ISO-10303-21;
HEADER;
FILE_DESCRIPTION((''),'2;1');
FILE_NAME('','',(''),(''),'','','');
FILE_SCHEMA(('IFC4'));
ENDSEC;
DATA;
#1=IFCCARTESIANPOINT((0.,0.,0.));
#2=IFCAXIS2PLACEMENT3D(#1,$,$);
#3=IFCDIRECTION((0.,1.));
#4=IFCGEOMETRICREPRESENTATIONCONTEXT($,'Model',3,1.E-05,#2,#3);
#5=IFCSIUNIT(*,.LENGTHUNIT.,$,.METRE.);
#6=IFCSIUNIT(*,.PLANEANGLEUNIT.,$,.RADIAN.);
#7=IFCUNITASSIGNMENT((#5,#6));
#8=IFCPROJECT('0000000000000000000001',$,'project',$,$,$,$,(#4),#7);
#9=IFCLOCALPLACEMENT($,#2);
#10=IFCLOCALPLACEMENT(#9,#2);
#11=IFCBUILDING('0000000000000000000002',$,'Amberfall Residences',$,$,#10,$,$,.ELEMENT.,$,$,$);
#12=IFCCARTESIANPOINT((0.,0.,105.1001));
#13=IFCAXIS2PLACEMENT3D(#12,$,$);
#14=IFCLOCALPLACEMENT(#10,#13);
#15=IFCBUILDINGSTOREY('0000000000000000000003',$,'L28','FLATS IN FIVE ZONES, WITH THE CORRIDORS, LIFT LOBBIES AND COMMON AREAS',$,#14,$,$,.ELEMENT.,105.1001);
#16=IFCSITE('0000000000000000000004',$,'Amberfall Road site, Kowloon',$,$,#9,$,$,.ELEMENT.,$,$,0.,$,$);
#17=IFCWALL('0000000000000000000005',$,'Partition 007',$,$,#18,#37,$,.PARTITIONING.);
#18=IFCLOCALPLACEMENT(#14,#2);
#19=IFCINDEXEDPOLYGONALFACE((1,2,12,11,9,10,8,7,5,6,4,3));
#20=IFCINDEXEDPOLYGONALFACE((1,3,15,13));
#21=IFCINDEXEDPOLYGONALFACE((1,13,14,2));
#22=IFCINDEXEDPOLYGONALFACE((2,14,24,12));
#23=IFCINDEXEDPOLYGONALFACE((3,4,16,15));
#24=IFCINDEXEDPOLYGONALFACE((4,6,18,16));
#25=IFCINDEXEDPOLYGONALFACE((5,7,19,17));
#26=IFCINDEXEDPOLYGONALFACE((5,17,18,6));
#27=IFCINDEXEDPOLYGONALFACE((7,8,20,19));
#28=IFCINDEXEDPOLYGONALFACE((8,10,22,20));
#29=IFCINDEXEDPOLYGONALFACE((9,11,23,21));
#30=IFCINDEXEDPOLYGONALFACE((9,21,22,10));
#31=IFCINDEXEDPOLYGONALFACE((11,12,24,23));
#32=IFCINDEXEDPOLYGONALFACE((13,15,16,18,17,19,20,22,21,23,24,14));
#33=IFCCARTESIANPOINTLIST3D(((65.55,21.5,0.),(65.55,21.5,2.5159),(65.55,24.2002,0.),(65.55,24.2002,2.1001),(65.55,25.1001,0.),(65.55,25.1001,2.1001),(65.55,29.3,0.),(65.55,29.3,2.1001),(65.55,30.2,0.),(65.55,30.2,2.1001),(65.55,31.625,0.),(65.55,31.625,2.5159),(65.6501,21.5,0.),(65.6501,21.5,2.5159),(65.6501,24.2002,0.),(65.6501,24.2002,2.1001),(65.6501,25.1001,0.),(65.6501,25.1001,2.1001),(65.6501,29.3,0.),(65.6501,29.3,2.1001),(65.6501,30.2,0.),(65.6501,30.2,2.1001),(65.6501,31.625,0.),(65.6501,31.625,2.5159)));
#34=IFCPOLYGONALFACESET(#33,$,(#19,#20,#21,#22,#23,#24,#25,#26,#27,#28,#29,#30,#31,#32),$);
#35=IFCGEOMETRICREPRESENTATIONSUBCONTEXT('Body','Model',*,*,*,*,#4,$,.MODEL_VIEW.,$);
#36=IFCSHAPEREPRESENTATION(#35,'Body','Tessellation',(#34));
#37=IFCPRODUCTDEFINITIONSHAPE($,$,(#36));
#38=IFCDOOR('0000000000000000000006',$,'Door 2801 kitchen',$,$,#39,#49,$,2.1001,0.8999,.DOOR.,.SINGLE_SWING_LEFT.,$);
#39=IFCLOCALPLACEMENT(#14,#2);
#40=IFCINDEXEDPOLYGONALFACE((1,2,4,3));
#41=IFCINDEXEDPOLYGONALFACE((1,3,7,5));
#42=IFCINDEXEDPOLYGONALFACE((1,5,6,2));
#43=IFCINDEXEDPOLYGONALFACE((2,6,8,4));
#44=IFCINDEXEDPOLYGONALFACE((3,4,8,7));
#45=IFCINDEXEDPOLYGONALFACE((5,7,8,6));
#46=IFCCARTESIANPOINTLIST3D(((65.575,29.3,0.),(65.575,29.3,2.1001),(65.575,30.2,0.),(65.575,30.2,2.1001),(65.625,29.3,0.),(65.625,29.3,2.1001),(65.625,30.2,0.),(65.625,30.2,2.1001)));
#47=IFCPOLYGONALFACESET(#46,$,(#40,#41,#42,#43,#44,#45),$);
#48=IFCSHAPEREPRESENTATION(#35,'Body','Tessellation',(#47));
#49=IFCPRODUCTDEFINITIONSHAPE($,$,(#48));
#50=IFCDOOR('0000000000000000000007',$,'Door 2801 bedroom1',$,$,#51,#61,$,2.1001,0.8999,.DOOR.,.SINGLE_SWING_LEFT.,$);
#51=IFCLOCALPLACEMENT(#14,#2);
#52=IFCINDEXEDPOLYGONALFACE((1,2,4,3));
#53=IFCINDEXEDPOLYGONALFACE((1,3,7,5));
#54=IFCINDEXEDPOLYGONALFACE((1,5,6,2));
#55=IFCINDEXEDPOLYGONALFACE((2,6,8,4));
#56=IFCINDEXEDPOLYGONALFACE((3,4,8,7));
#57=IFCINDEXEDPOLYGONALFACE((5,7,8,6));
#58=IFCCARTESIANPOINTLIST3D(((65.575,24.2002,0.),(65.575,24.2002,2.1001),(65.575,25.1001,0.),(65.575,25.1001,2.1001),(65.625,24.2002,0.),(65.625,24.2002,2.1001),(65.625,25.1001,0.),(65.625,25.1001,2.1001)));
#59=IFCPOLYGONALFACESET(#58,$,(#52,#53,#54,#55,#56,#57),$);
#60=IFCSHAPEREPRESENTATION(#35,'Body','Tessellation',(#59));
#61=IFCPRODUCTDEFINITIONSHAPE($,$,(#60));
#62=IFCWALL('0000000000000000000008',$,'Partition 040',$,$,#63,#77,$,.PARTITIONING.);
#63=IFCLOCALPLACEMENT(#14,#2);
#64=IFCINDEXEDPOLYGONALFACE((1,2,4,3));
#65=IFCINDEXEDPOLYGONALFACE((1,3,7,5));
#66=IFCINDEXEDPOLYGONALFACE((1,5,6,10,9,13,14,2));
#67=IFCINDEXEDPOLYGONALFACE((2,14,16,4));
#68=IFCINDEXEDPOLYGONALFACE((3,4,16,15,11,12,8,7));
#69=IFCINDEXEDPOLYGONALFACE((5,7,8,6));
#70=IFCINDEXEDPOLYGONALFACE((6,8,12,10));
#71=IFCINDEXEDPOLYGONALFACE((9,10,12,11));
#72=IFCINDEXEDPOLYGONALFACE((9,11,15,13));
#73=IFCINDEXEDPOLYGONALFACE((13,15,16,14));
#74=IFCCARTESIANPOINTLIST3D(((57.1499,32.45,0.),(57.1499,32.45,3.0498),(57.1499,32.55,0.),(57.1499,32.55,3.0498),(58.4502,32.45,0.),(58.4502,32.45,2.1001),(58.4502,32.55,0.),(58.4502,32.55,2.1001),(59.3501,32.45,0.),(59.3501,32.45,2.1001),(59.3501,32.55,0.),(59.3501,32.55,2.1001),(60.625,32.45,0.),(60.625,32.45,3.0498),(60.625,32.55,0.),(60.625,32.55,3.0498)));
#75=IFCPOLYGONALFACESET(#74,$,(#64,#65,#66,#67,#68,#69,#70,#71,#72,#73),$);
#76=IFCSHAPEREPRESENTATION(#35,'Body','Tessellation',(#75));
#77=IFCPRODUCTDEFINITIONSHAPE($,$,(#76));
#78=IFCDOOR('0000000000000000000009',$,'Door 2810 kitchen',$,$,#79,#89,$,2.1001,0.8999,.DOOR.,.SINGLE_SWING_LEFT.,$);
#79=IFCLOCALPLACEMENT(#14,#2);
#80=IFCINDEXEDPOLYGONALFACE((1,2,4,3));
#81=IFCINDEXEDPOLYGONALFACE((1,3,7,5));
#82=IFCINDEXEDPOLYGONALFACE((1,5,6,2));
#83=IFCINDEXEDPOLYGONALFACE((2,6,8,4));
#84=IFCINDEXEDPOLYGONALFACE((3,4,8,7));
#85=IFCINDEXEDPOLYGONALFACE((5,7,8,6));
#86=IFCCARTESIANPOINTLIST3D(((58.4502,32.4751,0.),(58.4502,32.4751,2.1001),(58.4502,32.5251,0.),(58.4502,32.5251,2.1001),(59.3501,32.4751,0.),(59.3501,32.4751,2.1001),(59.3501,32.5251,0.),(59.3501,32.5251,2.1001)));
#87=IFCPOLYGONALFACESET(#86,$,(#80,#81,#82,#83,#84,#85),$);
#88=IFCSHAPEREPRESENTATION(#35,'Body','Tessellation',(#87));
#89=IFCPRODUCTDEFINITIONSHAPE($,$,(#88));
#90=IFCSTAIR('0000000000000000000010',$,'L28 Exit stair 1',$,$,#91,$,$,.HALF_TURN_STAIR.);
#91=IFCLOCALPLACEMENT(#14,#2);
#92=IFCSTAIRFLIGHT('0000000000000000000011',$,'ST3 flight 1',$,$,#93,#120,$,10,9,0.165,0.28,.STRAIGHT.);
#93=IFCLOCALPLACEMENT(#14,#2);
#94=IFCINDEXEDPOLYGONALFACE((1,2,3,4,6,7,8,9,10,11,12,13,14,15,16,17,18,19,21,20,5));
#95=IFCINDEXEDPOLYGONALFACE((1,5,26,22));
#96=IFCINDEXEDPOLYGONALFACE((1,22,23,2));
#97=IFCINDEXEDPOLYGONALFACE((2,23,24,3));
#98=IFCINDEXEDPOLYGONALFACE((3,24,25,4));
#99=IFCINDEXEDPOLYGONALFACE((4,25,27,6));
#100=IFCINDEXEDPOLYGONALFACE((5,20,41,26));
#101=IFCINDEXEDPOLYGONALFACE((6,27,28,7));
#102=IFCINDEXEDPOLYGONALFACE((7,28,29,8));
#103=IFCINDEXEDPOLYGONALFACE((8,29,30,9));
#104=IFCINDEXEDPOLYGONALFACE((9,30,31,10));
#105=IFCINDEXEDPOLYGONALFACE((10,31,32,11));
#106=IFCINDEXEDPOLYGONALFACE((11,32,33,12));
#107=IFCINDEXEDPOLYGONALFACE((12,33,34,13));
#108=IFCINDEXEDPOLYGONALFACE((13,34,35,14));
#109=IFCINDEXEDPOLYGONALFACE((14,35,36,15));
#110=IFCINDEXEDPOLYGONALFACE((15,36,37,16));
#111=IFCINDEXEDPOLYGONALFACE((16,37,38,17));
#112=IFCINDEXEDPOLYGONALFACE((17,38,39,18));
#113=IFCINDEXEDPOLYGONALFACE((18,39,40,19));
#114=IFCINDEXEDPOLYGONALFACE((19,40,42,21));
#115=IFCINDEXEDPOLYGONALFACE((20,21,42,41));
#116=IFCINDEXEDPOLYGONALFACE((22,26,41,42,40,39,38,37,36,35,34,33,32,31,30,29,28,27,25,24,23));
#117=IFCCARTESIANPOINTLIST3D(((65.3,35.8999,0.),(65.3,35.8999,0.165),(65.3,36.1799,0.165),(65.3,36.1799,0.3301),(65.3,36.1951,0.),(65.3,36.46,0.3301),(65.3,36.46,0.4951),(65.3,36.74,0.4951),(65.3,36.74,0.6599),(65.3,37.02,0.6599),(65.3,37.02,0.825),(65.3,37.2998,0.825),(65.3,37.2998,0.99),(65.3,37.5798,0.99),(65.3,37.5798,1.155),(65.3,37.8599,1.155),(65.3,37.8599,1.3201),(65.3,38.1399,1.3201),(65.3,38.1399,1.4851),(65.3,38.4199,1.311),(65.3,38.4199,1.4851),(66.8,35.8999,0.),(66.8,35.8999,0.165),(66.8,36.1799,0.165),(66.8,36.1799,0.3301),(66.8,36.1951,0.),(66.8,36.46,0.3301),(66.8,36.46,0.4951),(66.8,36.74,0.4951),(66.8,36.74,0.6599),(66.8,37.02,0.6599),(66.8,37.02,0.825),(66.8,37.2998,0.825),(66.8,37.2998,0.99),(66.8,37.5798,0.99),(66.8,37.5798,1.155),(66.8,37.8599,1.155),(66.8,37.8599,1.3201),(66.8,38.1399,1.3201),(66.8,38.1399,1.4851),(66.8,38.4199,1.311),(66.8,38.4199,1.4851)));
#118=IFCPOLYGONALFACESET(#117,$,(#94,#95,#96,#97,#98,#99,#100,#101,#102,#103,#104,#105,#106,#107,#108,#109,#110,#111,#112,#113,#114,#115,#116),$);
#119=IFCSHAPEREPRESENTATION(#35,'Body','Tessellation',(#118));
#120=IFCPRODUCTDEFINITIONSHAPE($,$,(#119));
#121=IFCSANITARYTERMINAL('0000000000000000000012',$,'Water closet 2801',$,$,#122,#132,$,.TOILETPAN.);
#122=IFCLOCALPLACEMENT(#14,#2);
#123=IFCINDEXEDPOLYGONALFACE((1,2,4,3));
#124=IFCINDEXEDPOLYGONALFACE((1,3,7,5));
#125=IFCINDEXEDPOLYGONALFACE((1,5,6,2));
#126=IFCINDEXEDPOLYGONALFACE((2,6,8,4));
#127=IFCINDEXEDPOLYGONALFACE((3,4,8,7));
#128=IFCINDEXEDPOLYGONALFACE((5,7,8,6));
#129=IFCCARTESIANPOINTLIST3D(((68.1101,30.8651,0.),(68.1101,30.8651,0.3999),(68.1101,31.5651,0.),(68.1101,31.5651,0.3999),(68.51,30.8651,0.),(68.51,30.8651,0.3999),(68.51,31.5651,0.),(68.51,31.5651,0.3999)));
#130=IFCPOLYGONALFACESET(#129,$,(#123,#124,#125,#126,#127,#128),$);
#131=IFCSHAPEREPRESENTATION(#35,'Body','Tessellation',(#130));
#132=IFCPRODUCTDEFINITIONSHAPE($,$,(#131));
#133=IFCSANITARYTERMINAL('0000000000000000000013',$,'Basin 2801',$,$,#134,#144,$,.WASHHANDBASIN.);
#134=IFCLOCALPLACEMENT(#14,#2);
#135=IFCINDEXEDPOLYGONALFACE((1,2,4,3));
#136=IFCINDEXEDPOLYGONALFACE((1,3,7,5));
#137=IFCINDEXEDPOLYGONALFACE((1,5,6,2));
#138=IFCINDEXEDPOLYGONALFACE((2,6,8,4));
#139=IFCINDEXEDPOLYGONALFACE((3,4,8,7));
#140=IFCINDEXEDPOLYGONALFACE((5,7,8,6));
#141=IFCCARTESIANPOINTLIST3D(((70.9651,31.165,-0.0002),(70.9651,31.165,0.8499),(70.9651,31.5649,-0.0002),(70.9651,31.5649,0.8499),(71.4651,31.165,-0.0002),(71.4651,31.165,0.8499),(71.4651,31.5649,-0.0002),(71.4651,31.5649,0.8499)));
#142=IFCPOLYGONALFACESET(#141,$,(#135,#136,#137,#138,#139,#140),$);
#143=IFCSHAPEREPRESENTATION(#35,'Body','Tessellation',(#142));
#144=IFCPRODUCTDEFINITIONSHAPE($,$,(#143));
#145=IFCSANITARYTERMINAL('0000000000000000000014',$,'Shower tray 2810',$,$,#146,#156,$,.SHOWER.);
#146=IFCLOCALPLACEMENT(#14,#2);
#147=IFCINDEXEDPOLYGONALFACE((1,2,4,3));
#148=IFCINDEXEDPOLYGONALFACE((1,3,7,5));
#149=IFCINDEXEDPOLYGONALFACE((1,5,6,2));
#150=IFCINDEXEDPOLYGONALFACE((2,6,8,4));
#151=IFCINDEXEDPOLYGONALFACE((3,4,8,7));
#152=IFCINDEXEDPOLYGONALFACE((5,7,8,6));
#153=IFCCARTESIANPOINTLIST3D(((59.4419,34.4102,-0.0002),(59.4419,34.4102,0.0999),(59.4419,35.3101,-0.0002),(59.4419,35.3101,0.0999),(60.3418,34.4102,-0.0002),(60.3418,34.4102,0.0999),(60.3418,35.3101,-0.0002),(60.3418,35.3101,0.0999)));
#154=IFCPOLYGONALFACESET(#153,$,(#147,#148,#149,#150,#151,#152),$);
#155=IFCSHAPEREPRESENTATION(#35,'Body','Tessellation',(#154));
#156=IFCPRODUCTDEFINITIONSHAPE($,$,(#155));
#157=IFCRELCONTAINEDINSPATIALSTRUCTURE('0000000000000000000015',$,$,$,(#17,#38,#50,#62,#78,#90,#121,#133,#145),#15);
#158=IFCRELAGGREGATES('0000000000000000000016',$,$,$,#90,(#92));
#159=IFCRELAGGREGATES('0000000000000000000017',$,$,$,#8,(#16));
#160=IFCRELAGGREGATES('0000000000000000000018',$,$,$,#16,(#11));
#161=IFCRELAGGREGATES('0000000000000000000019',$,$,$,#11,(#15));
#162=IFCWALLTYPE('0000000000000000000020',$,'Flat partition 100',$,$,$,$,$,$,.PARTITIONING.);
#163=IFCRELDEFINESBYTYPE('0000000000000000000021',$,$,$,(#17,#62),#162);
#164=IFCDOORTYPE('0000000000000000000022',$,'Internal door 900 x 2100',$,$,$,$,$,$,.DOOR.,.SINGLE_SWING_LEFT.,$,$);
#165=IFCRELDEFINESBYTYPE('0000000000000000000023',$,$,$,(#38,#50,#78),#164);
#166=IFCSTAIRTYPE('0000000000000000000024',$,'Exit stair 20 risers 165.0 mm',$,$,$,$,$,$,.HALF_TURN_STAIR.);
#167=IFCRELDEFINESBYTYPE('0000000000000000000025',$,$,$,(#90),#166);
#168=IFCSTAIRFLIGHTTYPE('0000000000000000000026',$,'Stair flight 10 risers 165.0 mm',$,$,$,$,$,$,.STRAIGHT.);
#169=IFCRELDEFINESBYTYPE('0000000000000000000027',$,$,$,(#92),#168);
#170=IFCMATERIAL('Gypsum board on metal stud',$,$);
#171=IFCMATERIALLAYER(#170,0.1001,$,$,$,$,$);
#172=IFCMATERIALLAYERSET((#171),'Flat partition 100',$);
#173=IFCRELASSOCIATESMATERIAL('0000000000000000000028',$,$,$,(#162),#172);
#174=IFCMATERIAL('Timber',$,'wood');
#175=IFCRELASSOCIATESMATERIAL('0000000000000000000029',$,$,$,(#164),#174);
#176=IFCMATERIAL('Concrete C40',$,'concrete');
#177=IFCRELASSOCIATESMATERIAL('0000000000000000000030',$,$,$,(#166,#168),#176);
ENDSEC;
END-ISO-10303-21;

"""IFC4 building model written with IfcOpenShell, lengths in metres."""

from ifc_helpers import new_model, si_unit, direction, frame, frame_2d, origin, origin_2d, place, context, subcontext, project, spatial, polyline, rectangle, outline, extrude, material, layer, layer_set, type_object, element, fill, aggregate, save


model = new_model("IFC4")

# Units and contexts
model_context = context("Model", 3, precision=1e-05, world=origin(), true_north=direction((0.0, 1.0)))
body_context = subcontext(model_context, "Body", "Model", "MODEL_VIEW")
ifc_project = project(units=[si_unit("LENGTHUNIT", "METRE"), si_unit("PLANEANGLEUNIT", "RADIAN")], contexts=[model_context])

# Site, building, storey
site_placement = place(None, origin())
site = spatial("IfcSite", under=ifc_project, at=site_placement, Name="Amberfall Road site, Kowloon", CompositionType="ELEMENT", RefElevation=0.0)
building_placement = place(site_placement, origin())
building = spatial("IfcBuilding", under=site, at=building_placement, Name="Amberfall Residences", CompositionType="ELEMENT")
storey_placement = place(building_placement, frame((0.0, 0.0, 105.1001)))
storey = spatial("IfcBuildingStorey", under=building, at=storey_placement, Name="L28", Description="FLATS IN FIVE ZONES, WITH THE CORRIDORS, LIFT LOBBIES AND COMMON AREAS", CompositionType="ELEMENT", Elevation=105.1001)

# Wall, openings, doors
ifc_material_1 = material(Name="Gypsum board on metal stud")
ifc_layer_1 = layer(ifc_material_1, 0.1001)
ifc_layer_set_1 = layer_set([ifc_layer_1], Name="Flat partition 100")
wall_type_1 = type_object("IfcWallType", Name="Flat partition 100", PredefinedType="PARTITIONING", material=ifc_layer_set_1)
wall_1_placement = place(storey_placement, frame((65.6001, 31.625, 0.0), z_axis=(0.0, 0.0, 1.0), x_axis=(0.0, -1.0, 0.0)))
wall_1 = element("IfcWall", 1, at=wall_1_placement, inside=storey, type_object=wall_type_1, Name="Partition 007", PredefinedType="PARTITIONING", context=body_context, shape_type="SweptSolid", body=[
    extrude(rectangle(XDim=10.125, YDim=0.1001, at=frame_2d((5.0625, 0.0))), origin(), (0.0, 0.0, 1.0), 2.5159),
])
opening_1_placement = place(wall_1_placement, frame((1.425, 0.0, 0.0)))
opening_1 = element("IfcOpeningElement", 2, at=opening_1_placement, cuts=wall_1, PredefinedType="OPENING", context=body_context, shape_type="SweptSolid", body=[
    extrude(rectangle(XDim=0.8999, YDim=2.1001, at=frame_2d((0.45, 1.05))), frame((0.0, 0.0601, 0.0), z_axis=(0.0, -1.0, 0.0), x_axis=(1.0, 0.0, 0.0)), (0.0, 0.0, 1.0), 0.1201),
])
opening_2_placement = place(wall_1_placement, frame((6.5249, 0.0, 0.0)))
opening_2 = element("IfcOpeningElement", 3, at=opening_2_placement, cuts=wall_1, PredefinedType="OPENING", context=body_context, shape_type="SweptSolid", body=[
    extrude(rectangle(XDim=0.8999, YDim=2.1001, at=frame_2d((0.45, 1.05))), frame((0.0, 0.0601, 0.0), z_axis=(0.0, -1.0, 0.0), x_axis=(1.0, 0.0, 0.0)), (0.0, 0.0, 1.0), 0.1201),
])
ifc_material_2 = material(Name="Timber", Category="wood")
door_type_1 = type_object("IfcDoorType", Name="Internal door 900 x 2100", OperationType="SINGLE_SWING_LEFT", PredefinedType="DOOR", material=ifc_material_2)
door_1_placement = place(opening_1_placement, origin())
door_1 = element("IfcDoor", 4, at=door_1_placement, inside=storey, type_object=door_type_1, Name="Door 2801 kitchen", OperationType="SINGLE_SWING_LEFT", OverallHeight=2.1001, OverallWidth=0.8999, PredefinedType="DOOR", context=body_context, shape_type="SweptSolid", body=[
    extrude(rectangle(XDim=0.8999, YDim=2.1001, at=frame_2d((0.45, 1.05))), frame((0.0, 0.0249, 0.0), z_axis=(0.0, -1.0, 0.0), x_axis=(1.0, 0.0, 0.0)), (0.0, 0.0, 1.0), 0.05),
])
fill(opening_1, door_1)
door_2_placement = place(opening_2_placement, origin())
door_2 = element("IfcDoor", 5, at=door_2_placement, inside=storey, type_object=door_type_1, Name="Door 2801 bedroom1", OperationType="SINGLE_SWING_LEFT", OverallHeight=2.1001, OverallWidth=0.8999, PredefinedType="DOOR", context=body_context, shape_type="SweptSolid", body=[
    extrude(rectangle(XDim=0.8999, YDim=2.1001, at=frame_2d((0.45, 1.05))), frame((0.0, 0.0249, 0.0), z_axis=(0.0, -1.0, 0.0), x_axis=(1.0, 0.0, 0.0)), (0.0, 0.0, 1.0), 0.05),
])
fill(opening_2, door_2)

# Wall, opening, door
wall_2_placement = place(storey_placement, frame((60.625, 32.5, 0.0), z_axis=(0.0, 0.0, 1.0), x_axis=(-1.0, 0.0, 0.0)))
wall_2 = element("IfcWall", 6, at=wall_2_placement, inside=storey, type_object=wall_type_1, Name="Partition 040", PredefinedType="PARTITIONING", context=body_context, shape_type="SweptSolid", body=[
    extrude(rectangle(XDim=3.4751, YDim=0.1001, at=frame_2d((1.7375, 0.0))), origin(), (0.0, 0.0, 1.0), 3.0498),
])
opening_3_placement = place(wall_2_placement, frame((1.2749, 0.0, 0.0)))
opening_3 = element("IfcOpeningElement", 7, at=opening_3_placement, cuts=wall_2, PredefinedType="OPENING", context=body_context, shape_type="SweptSolid", body=[
    extrude(rectangle(XDim=0.8999, YDim=2.1001, at=frame_2d((0.45, 1.05))), frame((0.0, 0.0601, 0.0), z_axis=(0.0, -1.0, 0.0), x_axis=(1.0, 0.0, 0.0)), (0.0, 0.0, 1.0), 0.1201),
])
door_3_placement = place(opening_3_placement, origin())
door_3 = element("IfcDoor", 8, at=door_3_placement, inside=storey, type_object=door_type_1, Name="Door 2810 kitchen", OperationType="SINGLE_SWING_LEFT", OverallHeight=2.1001, OverallWidth=0.8999, PredefinedType="DOOR", context=body_context, shape_type="SweptSolid", body=[
    extrude(rectangle(XDim=0.8999, YDim=2.1001, at=frame_2d((0.45, 1.05))), frame((0.0, 0.0249, 0.0), z_axis=(0.0, -1.0, 0.0), x_axis=(1.0, 0.0, 0.0)), (0.0, 0.0, 1.0), 0.05),
])
fill(opening_3, door_3)

# Stair, stair flight
ifc_material_3 = material(Name="Concrete C40", Category="concrete")
stair_type = type_object("IfcStairType", Name="Exit stair 20 risers 165.0 mm", PredefinedType="HALF_TURN_STAIR", material=ifc_material_3)
stair_placement = place(storey_placement, origin())
stair = element("IfcStair", 9, at=stair_placement, inside=storey, type_object=stair_type, Name="L28 Exit stair 1", PredefinedType="HALF_TURN_STAIR")
stair_flight_type = type_object("IfcStairFlightType", Name="Stair flight 10 risers 165.0 mm", PredefinedType="STRAIGHT", material=ifc_material_3)
stair_flight_placement = place(storey_placement, frame((66.05, 35.8999, 0.0), z_axis=(0.0, 0.0, 1.0), x_axis=(0.0, 1.0, 0.0)))
stair_flight = element("IfcStairFlight", 10, at=stair_flight_placement, type_object=stair_flight_type, Name="ST3 flight 1", NumberOfRisers=10, NumberOfTreads=9, PredefinedType="STRAIGHT", RiserHeight=0.165, TreadLength=0.28, context=body_context, shape_type="SweptSolid", body=[
    extrude(outline(polyline([(0.0, 0.0), (0.0, 0.165), (0.28, 0.165), (0.28, 0.3301), (0.5601, 0.3301), (0.5601, 0.4951), (0.8401, 0.4951), (0.8401, 0.6599), (1.1201, 0.6599), (1.1201, 0.825), (1.3999, 0.825), (1.3999, 0.99), (1.6799, 0.99), (1.6799, 1.155), (1.96, 1.155), (1.96, 1.3201), (2.24, 1.3201), (2.24, 1.4851), (2.52, 1.4851), (2.52, 1.6499), (2.52, 1.311), (0.2952, 0.0), (0.0, 0.0)])), frame((0.0, 0.75, 0.0), z_axis=(0.0, -1.0, 0.0), x_axis=(1.0, 0.0, 0.0)), (0.0, 0.0, 1.0), 1.5),
])
aggregate(stair, [stair_flight])

# Sanitary terminals
sanitary_terminal_1_placement = place(storey_placement, frame((68.3101, 31.2151, 0.0), z_axis=(0.0, 0.0, 1.0), x_axis=(1.0, 0.0, 0.0)))
element("IfcSanitaryTerminal", 11, at=sanitary_terminal_1_placement, inside=storey, Name="Water closet 2801", PredefinedType="TOILETPAN", context=body_context, shape_type="SweptSolid", body=[
    extrude(rectangle(XDim=0.3999, YDim=0.7, at=origin_2d()), origin(), (0.0, 0.0, 1.0), 0.3999),
])
sanitary_terminal_2_placement = place(storey_placement, frame((71.2151, 31.365, -0.0002), z_axis=(0.0, 0.0, 1.0), x_axis=(1.0, 0.0, 0.0)))
element("IfcSanitaryTerminal", 12, at=sanitary_terminal_2_placement, inside=storey, Name="Basin 2801", PredefinedType="WASHHANDBASIN", context=body_context, shape_type="SweptSolid", body=[
    extrude(rectangle(XDim=0.5, YDim=0.3999, at=origin_2d()), origin(), (0.0, 0.0, 1.0), 0.8501),
])
sanitary_terminal_3_placement = place(storey_placement, frame((59.8918, 34.8601, -0.0002), z_axis=(0.0, 0.0, 1.0), x_axis=(1.0, 0.0, 0.0)))
element("IfcSanitaryTerminal", 13, at=sanitary_terminal_3_placement, inside=storey, Name="Shower tray 2810", PredefinedType="SHOWER", context=body_context, shape_type="SweptSolid", body=[
    extrude(rectangle(XDim=0.8999, YDim=0.8999, at=origin_2d()), origin(), (0.0, 0.0, 1.0), 0.1001),
])

save(model, "model.ifc")
